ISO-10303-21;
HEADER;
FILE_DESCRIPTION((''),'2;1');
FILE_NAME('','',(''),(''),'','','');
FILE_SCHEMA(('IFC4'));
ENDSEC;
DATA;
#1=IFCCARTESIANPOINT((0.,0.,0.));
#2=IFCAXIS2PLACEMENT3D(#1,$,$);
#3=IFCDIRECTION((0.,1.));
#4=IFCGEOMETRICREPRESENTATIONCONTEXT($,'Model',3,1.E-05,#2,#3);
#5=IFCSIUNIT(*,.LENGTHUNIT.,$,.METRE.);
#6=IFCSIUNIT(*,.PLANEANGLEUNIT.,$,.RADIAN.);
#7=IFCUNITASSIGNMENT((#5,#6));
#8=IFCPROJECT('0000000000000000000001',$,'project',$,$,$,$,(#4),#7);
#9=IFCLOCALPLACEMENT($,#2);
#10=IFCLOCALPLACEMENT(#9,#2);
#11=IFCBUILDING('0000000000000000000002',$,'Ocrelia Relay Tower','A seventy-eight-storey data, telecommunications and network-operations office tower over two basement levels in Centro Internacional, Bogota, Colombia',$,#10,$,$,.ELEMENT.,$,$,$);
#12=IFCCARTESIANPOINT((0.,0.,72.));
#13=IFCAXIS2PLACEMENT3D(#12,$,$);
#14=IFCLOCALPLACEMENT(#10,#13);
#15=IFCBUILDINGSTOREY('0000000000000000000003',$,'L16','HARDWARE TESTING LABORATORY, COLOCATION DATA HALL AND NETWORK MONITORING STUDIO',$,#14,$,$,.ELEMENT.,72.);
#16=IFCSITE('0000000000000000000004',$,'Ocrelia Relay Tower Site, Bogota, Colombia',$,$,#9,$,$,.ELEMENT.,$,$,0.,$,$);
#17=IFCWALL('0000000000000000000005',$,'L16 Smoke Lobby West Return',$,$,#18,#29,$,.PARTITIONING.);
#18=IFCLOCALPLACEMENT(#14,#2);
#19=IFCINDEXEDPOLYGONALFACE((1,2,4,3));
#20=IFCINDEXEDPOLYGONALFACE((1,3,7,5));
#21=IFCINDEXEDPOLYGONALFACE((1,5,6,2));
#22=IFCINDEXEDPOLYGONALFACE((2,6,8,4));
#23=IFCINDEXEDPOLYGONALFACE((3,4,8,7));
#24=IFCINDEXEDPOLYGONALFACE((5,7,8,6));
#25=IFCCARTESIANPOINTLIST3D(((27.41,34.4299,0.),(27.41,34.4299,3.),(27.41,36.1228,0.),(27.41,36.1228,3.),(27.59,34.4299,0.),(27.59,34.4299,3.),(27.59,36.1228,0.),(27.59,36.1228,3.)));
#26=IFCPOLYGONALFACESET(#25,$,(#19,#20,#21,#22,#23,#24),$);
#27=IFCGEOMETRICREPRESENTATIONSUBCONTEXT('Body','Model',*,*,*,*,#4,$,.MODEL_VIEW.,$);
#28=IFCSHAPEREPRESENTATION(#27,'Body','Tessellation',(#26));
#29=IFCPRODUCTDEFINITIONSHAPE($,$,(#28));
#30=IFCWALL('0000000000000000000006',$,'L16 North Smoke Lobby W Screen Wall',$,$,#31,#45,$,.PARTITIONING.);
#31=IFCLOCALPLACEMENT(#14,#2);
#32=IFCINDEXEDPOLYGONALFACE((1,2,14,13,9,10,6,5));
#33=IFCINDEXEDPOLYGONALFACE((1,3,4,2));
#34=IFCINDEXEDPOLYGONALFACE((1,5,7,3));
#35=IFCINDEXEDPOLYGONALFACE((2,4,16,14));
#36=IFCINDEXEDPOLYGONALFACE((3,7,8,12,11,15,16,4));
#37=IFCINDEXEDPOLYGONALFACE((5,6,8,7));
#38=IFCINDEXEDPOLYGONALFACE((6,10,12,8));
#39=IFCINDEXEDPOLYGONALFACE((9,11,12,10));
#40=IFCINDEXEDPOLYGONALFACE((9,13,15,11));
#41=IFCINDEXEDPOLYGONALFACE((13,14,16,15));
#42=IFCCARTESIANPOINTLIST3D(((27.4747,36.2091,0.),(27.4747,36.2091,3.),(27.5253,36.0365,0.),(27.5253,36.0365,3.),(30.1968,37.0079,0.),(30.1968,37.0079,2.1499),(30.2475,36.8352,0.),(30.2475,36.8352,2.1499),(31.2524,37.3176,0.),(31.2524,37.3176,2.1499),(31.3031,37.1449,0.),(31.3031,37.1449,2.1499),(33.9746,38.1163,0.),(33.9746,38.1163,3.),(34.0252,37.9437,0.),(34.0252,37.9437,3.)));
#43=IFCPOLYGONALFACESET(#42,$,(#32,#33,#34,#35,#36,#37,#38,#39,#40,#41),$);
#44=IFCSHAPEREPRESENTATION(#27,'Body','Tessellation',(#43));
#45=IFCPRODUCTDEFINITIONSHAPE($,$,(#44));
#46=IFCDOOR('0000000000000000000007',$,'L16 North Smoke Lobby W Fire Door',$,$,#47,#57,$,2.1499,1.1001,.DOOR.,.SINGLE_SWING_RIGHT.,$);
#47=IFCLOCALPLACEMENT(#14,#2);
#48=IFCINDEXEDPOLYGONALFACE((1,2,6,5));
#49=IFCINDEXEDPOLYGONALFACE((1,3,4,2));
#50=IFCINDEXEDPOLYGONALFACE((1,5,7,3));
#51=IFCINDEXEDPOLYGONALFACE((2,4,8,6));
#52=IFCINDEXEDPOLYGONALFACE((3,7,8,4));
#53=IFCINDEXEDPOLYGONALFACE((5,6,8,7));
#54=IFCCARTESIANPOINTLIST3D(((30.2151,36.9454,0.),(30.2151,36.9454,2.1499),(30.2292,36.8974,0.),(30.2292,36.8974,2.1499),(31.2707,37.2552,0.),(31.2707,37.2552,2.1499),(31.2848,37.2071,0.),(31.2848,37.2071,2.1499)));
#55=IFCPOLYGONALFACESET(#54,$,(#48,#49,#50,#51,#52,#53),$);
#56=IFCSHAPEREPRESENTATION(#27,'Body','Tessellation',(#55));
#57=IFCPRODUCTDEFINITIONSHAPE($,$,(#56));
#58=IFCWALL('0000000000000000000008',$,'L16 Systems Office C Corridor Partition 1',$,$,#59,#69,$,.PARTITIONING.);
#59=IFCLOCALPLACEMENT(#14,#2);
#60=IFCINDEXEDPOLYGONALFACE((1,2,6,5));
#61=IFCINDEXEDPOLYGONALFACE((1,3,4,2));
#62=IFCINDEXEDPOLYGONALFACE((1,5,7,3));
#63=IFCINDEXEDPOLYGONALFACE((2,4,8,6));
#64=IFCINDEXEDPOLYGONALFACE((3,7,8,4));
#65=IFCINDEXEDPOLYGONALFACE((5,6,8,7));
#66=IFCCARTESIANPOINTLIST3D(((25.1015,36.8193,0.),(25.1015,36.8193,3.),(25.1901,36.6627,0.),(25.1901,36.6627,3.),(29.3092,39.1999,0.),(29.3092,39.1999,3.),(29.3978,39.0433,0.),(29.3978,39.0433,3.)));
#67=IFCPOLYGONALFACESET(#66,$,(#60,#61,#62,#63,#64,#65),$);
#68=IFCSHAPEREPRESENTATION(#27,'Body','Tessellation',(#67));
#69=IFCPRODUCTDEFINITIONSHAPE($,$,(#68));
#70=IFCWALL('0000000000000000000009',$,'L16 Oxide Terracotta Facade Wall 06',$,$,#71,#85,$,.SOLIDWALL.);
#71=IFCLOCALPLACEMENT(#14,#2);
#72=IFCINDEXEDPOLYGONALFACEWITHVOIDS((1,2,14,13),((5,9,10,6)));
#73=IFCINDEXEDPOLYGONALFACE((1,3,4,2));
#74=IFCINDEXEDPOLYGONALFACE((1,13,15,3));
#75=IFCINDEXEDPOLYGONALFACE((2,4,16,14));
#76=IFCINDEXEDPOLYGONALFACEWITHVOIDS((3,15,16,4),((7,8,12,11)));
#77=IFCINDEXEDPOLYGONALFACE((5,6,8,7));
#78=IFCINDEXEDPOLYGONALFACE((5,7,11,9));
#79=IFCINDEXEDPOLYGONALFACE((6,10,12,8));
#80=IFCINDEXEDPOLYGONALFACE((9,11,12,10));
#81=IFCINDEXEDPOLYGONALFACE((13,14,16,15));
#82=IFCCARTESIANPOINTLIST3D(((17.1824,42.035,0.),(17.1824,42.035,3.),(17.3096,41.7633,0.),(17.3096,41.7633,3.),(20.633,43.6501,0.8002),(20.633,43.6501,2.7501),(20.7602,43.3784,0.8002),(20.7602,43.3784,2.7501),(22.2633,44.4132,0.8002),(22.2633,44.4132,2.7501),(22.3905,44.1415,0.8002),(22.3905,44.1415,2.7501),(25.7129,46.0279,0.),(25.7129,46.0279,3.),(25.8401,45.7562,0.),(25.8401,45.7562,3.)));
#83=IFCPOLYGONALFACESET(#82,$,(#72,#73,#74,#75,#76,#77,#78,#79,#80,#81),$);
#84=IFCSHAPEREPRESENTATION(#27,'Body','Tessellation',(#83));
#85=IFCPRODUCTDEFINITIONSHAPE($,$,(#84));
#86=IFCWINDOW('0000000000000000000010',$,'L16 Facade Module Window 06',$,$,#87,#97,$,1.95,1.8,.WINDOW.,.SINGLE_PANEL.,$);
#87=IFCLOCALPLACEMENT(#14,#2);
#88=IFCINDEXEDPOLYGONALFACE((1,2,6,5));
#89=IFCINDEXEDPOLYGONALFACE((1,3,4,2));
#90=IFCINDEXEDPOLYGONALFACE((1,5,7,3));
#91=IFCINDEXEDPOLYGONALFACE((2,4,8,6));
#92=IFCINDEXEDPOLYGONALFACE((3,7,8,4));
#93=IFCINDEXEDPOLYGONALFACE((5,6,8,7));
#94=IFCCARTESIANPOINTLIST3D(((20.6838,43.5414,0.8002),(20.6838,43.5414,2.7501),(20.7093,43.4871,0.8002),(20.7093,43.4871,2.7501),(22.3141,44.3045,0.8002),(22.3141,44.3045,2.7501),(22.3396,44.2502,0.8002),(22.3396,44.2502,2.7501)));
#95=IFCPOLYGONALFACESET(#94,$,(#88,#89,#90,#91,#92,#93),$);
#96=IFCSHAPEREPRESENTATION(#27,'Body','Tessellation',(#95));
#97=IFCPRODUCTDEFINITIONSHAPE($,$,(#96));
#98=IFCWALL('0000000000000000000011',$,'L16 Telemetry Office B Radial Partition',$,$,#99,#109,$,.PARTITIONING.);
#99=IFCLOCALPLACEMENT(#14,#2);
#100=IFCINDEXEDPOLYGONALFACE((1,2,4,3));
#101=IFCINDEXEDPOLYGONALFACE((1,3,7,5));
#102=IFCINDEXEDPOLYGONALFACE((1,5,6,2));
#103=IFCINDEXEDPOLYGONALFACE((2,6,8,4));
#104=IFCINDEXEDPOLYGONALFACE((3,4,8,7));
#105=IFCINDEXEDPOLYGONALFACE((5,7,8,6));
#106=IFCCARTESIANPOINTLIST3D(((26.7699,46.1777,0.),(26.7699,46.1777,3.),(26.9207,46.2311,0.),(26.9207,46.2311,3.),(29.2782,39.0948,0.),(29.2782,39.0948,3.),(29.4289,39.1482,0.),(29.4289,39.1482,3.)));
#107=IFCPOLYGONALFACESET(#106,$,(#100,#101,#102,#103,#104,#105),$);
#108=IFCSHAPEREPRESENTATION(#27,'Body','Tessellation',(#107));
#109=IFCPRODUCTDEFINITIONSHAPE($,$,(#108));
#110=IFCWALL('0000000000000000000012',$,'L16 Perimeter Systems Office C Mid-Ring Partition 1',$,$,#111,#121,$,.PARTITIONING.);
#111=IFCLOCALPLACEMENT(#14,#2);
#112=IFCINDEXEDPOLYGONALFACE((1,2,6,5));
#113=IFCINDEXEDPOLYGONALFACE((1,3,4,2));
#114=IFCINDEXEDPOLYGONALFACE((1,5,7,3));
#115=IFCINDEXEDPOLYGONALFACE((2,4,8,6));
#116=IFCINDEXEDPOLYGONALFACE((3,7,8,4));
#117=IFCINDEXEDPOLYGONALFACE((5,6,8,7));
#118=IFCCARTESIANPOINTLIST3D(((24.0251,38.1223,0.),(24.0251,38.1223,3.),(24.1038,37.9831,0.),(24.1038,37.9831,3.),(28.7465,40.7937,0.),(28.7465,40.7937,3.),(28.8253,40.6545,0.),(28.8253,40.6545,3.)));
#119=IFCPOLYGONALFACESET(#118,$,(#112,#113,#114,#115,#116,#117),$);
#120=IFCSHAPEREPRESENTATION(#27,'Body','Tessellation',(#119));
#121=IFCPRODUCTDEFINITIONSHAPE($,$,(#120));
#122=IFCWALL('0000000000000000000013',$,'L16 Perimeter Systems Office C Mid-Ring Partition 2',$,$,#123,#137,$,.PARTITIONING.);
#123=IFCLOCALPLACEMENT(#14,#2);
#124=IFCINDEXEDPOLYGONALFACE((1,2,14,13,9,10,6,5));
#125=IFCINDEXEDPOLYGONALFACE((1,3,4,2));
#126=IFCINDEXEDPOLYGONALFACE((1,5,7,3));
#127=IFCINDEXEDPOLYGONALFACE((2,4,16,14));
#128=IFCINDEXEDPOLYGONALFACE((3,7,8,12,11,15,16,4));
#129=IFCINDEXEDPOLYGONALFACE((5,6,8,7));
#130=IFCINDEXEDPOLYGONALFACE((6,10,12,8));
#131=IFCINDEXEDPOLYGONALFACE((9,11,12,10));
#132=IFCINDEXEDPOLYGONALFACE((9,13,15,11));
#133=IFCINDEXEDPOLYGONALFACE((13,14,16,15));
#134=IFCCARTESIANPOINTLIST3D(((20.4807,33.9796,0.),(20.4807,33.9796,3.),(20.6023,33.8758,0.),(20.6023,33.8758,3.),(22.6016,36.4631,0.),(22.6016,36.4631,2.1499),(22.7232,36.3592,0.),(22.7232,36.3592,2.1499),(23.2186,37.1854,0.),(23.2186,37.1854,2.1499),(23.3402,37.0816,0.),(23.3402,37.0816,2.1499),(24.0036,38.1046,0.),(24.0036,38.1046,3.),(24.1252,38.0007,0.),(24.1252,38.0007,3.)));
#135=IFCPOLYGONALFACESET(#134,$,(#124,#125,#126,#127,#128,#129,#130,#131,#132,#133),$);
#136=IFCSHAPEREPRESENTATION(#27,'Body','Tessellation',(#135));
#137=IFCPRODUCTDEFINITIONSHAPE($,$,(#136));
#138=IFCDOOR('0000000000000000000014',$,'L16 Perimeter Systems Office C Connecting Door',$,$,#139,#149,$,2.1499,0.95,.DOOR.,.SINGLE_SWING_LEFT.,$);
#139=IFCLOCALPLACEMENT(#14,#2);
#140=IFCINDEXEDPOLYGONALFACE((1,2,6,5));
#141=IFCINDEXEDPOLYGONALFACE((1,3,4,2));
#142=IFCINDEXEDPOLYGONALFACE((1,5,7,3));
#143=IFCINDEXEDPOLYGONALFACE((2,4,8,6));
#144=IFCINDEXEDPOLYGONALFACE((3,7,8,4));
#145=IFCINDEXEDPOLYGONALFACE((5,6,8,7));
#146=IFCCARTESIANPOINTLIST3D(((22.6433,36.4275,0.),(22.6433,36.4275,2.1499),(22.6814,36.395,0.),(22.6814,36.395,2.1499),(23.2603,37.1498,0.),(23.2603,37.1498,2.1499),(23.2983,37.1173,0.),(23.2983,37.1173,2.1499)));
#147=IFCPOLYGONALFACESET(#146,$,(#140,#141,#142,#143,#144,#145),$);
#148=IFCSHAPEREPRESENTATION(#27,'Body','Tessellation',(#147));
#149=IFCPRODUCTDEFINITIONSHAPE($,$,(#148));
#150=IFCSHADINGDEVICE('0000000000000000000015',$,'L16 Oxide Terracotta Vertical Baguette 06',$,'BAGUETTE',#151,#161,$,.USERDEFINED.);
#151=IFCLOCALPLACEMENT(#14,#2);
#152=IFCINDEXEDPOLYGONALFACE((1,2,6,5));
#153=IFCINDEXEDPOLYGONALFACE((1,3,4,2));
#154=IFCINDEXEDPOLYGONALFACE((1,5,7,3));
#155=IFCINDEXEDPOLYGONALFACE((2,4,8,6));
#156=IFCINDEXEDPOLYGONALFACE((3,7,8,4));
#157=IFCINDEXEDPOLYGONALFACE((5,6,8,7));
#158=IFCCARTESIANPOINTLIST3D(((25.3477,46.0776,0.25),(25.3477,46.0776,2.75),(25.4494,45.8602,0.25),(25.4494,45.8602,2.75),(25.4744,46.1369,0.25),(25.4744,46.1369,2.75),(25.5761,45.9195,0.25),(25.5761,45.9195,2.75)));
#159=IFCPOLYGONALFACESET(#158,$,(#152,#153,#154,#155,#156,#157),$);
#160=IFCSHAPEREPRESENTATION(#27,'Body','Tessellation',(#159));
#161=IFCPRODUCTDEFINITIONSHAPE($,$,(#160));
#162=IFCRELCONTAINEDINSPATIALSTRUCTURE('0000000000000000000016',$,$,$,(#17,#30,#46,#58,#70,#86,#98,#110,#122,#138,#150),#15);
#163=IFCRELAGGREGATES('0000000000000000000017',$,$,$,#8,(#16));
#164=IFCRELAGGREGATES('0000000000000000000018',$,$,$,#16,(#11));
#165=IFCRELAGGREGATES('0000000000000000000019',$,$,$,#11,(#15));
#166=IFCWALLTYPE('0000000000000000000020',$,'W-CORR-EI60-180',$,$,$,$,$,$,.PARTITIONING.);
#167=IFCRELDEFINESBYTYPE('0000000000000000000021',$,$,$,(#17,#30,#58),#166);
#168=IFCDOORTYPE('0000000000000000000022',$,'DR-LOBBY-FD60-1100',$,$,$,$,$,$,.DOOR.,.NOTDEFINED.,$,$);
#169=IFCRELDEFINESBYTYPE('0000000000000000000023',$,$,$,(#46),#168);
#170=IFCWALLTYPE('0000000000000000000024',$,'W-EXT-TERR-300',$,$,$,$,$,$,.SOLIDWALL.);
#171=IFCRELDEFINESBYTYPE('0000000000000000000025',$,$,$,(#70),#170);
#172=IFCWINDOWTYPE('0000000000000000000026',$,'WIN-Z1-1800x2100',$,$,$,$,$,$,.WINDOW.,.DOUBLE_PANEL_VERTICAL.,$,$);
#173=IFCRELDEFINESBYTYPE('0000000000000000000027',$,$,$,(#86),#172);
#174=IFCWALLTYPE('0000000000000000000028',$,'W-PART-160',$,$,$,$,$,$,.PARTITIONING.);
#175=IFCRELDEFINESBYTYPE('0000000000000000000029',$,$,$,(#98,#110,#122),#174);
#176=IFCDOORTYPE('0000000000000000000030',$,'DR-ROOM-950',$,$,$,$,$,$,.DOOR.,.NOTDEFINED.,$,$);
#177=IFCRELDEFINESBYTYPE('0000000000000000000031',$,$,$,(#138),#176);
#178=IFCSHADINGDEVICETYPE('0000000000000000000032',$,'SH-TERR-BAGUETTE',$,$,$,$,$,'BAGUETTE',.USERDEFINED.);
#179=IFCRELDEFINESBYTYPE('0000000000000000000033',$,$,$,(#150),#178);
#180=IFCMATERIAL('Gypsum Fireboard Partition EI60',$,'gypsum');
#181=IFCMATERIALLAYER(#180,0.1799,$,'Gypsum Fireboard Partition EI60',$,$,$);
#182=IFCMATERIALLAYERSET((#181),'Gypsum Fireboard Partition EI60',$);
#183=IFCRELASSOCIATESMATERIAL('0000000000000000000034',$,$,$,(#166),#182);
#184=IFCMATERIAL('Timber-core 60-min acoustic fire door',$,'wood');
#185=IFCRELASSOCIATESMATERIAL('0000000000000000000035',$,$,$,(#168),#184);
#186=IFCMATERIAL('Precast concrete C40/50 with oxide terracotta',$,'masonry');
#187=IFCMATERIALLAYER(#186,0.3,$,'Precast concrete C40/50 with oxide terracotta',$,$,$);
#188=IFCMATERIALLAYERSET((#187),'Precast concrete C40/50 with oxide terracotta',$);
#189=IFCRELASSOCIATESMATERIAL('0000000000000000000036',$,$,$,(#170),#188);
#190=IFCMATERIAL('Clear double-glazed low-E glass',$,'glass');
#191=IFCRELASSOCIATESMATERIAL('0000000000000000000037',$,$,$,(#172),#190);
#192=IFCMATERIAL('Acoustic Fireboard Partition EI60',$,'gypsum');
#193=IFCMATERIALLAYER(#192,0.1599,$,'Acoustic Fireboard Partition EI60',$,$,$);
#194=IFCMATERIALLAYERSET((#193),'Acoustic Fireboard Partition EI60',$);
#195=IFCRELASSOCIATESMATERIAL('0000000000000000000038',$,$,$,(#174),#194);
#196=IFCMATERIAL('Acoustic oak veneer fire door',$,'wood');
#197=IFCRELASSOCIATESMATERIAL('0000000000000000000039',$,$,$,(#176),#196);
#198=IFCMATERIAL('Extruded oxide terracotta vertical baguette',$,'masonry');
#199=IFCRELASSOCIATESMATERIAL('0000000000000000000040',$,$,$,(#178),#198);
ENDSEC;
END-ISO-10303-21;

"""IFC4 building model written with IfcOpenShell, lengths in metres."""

from ifc_helpers import new_model, si_unit, direction, frame, frame_2d, origin, origin_2d, place, context, subcontext, project, spatial, rectangle, extrude, material, layer, layer_set, type_object, element, fill, save


model = new_model("IFC4")

# Units and contexts
model_context = context("Model", 3, precision=1e-05, world=origin(), true_north=direction((0.0, 1.0)))
body_context = subcontext(model_context, "Body", "Model", "MODEL_VIEW")
ifc_project = project(units=[si_unit("LENGTHUNIT", "METRE"), si_unit("PLANEANGLEUNIT", "RADIAN")], contexts=[model_context])

# Site, building, storey
site_placement = place(None, origin())
site = spatial("IfcSite", under=ifc_project, at=site_placement, Name="Ocrelia Relay Tower Site, Bogota, Colombia", CompositionType="ELEMENT", RefElevation=0.0)
building_placement = place(site_placement, origin())
building = spatial("IfcBuilding", under=site, at=building_placement, Name="Ocrelia Relay Tower", Description="A seventy-eight-storey data, telecommunications and network-operations office tower over two basement levels in Centro Internacional, Bogota, Colombia", CompositionType="ELEMENT")
storey_placement = place(building_placement, frame((0.0, 0.0, 72.0)))
storey = spatial("IfcBuildingStorey", under=building, at=storey_placement, Name="L16", Description="HARDWARE TESTING LABORATORY, COLOCATION DATA HALL AND NETWORK MONITORING STUDIO", CompositionType="ELEMENT", Elevation=72.0)

# Wall
ifc_material_1 = material(Name="Gypsum Fireboard Partition EI60", Category="gypsum")
ifc_layer_1 = layer(ifc_material_1, 0.1799, Name="Gypsum Fireboard Partition EI60")
ifc_layer_set_1 = layer_set([ifc_layer_1], Name="Gypsum Fireboard Partition EI60")
wall_type_1 = type_object("IfcWallType", Name="W-CORR-EI60-180", PredefinedType="PARTITIONING", material=ifc_layer_set_1)
wall_1_placement = place(storey_placement, frame((27.5, 34.4299, 0.0), z_axis=(0.0, 0.0, 1.0), x_axis=(0.0, 1.0, 0.0)))
element("IfcWall", 1, at=wall_1_placement, inside=storey, type_object=wall_type_1, Name="L16 Smoke Lobby West Return", PredefinedType="PARTITIONING", context=body_context, shape_type="SweptSolid", body=[
    extrude(rectangle(XDim=1.6929, YDim=0.1799, at=frame_2d((0.8464, 0.0))), origin(), (0.0, 0.0, 1.0), 3.0),
])

# Wall, opening, door
wall_2_placement = place(storey_placement, frame((27.5, 36.1228, 0.0), z_axis=(0.0, 0.0, 1.0), x_axis=(0.959547, 0.28155, 0.0)))
wall_2 = element("IfcWall", 2, at=wall_2_placement, inside=storey, type_object=wall_type_1, Name="L16 North Smoke Lobby W Screen Wall", PredefinedType="PARTITIONING", context=body_context, shape_type="SweptSolid", body=[
    extrude(rectangle(XDim=6.7739, YDim=0.1799, at=frame_2d((3.387, 0.0))), origin(), (0.0, 0.0, 1.0), 3.0),
])
opening_1_placement = place(wall_2_placement, frame((2.8369, 0.0, 0.0)))
opening_1 = element("IfcOpeningElement", 3, at=opening_1_placement, cuts=wall_2, PredefinedType="OPENING", context=body_context, shape_type="SweptSolid", body=[
    extrude(rectangle(XDim=1.1001, YDim=2.1499, at=frame_2d((0.55, 1.075))), frame((0.0, 0.1001, 0.0), z_axis=(0.0, -1.0, 0.0), x_axis=(1.0, 0.0, 0.0)), (0.0, 0.0, 1.0), 0.2),
])
ifc_material_2 = material(Name="Timber-core 60-min acoustic fire door", Category="wood")
door_type_1 = type_object("IfcDoorType", Name="DR-LOBBY-FD60-1100", OperationType="NOTDEFINED", PredefinedType="DOOR", material=ifc_material_2)
door_1_placement = place(opening_1_placement, origin())
door_1 = element("IfcDoor", 4, at=door_1_placement, inside=storey, type_object=door_type_1, Name="L16 North Smoke Lobby W Fire Door", OperationType="SINGLE_SWING_RIGHT", OverallHeight=2.1499, OverallWidth=1.1001, PredefinedType="DOOR", context=body_context, shape_type="SweptSolid", body=[
    extrude(rectangle(XDim=1.1001, YDim=2.1499, at=frame_2d((0.55, 1.075))), frame((0.0, 0.0249, 0.0), z_axis=(0.0, -1.0, 0.0), x_axis=(1.0, 0.0, 0.0)), (0.0, 0.0, 1.0), 0.05),
])
fill(opening_1, door_1)

# Wall
wall_3_placement = place(storey_placement, frame((29.3535, 39.1216, 0.0), z_axis=(0.0, 0.0, 1.0), x_axis=(-0.870358, -0.49242, 0.0)))
element("IfcWall", 5, at=wall_3_placement, inside=storey, type_object=wall_type_1, Name="L16 Systems Office C Corridor Partition 1", PredefinedType="PARTITIONING", context=body_context, shape_type="SweptSolid", body=[
    extrude(rectangle(XDim=4.8345, YDim=0.1799, at=frame_2d((2.4172, 0.0))), origin(), (0.0, 0.0, 1.0), 3.0),
])

# Shared definitions
ifc_material_3 = material(Name="Acoustic oak veneer fire door", Category="wood")

# Wall, opening, window
ifc_material_4 = material(Name="Precast concrete C40/50 with oxide terracotta", Category="masonry")
ifc_layer_2 = layer(ifc_material_4, 0.3, Name="Precast concrete C40/50 with oxide terracotta")
ifc_layer_set_2 = layer_set([ifc_layer_2], Name="Precast concrete C40/50 with oxide terracotta")
wall_type_2 = type_object("IfcWallType", Name="W-EXT-TERR-300", PredefinedType="SOLIDWALL", material=ifc_layer_set_2)
wall_4_placement = place(storey_placement, frame((25.7766, 45.8921, 0.0), z_axis=(0.0, 0.0, 1.0), x_axis=(-0.905694, -0.423932, 0.0)))
wall_4 = element("IfcWall", 6, at=wall_4_placement, inside=storey, type_object=wall_type_2, Name="L16 Oxide Terracotta Facade Wall 06", PredefinedType="SOLIDWALL", context=body_context, shape_type="SweptSolid", body=[
    extrude(rectangle(XDim=9.4187, YDim=0.3, at=frame_2d((4.7095, 0.0))), origin(), (0.0, 0.0, 1.0), 3.0),
])
opening_2_placement = place(wall_4_placement, frame((3.8091, 0.0, 0.8)))
opening_2 = element("IfcOpeningElement", 7, at=opening_2_placement, cuts=wall_4, PredefinedType="OPENING", context=body_context, shape_type="SweptSolid", body=[
    extrude(rectangle(XDim=1.8, YDim=1.95, at=frame_2d((0.8999, 0.9751))), frame((0.0, 0.1602, 0.0), z_axis=(0.0, -1.0, 0.0), x_axis=(1.0, 0.0, 0.0)), (0.0, 0.0, 1.0), 0.3201),
])
ifc_material_5 = material(Name="Clear double-glazed low-E glass", Category="glass")
window_type = type_object("IfcWindowType", Name="WIN-Z1-1800x2100", PartitioningType="DOUBLE_PANEL_VERTICAL", PredefinedType="WINDOW", material=ifc_material_5)
window_placement = place(opening_2_placement, origin())
window = element("IfcWindow", 8, at=window_placement, inside=storey, type_object=window_type, Name="L16 Facade Module Window 06", OverallHeight=1.95, OverallWidth=1.8, PartitioningType="SINGLE_PANEL", PredefinedType="WINDOW", context=body_context, shape_type="SweptSolid", body=[
    extrude(rectangle(XDim=1.8, YDim=1.95, at=frame_2d((0.8999, 0.9751))), frame((0.0, 0.03, 0.0), z_axis=(0.0, -1.0, 0.0), x_axis=(1.0, 0.0, 0.0)), (0.0, 0.0, 1.0), 0.0601),
])
fill(opening_2, window)

# Walls
ifc_material_6 = material(Name="Acoustic Fireboard Partition EI60", Category="gypsum")
ifc_layer_3 = layer(ifc_material_6, 0.1599, Name="Acoustic Fireboard Partition EI60")
ifc_layer_set_3 = layer_set([ifc_layer_3], Name="Acoustic Fireboard Partition EI60")
wall_type_3 = type_object("IfcWallType", Name="W-PART-160", PredefinedType="PARTITIONING", material=ifc_layer_set_3)
wall_5_placement = place(storey_placement, frame((29.3535, 39.1216, 0.0), z_axis=(0.0, 0.0, 1.0), x_axis=(-0.333816, 0.942638, 0.0)))
element("IfcWall", 9, at=wall_5_placement, inside=storey, type_object=wall_type_3, Name="L16 Telemetry Office B Radial Partition", PredefinedType="PARTITIONING", context=body_context, shape_type="SweptSolid", body=[
    extrude(rectangle(XDim=7.5139, YDim=0.1599, at=frame_2d((3.7568, 0.0))), origin(), (0.0, 0.0, 1.0), 3.0),
])
wall_6_placement = place(storey_placement, frame((28.7859, 40.7241, 0.0), z_axis=(0.0, 0.0, 1.0), x_axis=(-0.870346, -0.492441, 0.0)))
element("IfcWall", 10, at=wall_6_placement, inside=storey, type_object=wall_type_3, Name="L16 Perimeter Systems Office C Mid-Ring Partition 1", PredefinedType="PARTITIONING", context=body_context, shape_type="SweptSolid", body=[
    extrude(rectangle(XDim=5.4248, YDim=0.1599, at=frame_2d((2.7124, 0.0))), origin(), (0.0, 0.0, 1.0), 3.0),
])

# Wall, opening, door
wall_7_placement = place(storey_placement, frame((24.0645, 38.0527, 0.0), z_axis=(0.0, 0.0, 1.0), x_axis=(-0.649434, -0.760418, 0.0)))
wall_7 = element("IfcWall", 11, at=wall_7_placement, inside=storey, type_object=wall_type_3, Name="L16 Perimeter Systems Office C Mid-Ring Partition 2", PredefinedType="PARTITIONING", context=body_context, shape_type="SweptSolid", body=[
    extrude(rectangle(XDim=5.4246, YDim=0.1599, at=frame_2d((2.7124, 0.0))), origin(), (0.0, 0.0, 1.0), 3.0),
])
opening_3_placement = place(wall_7_placement, frame((1.2087, 0.0, 0.0)))
opening_3 = element("IfcOpeningElement", 12, at=opening_3_placement, cuts=wall_7, PredefinedType="OPENING", context=body_context, shape_type="SweptSolid", body=[
    extrude(rectangle(XDim=0.95, YDim=2.1499, at=frame_2d((0.4751, 1.075))), frame((0.0, 0.0898, 0.0), z_axis=(0.0, -1.0, 0.0), x_axis=(1.0, 0.0, 0.0)), (0.0, 0.0, 1.0), 0.1799),
])
door_type_2 = type_object("IfcDoorType", Name="DR-ROOM-950", OperationType="NOTDEFINED", PredefinedType="DOOR", material=ifc_material_3)
door_2_placement = place(opening_3_placement, origin())
door_2 = element("IfcDoor", 13, at=door_2_placement, inside=storey, type_object=door_type_2, Name="L16 Perimeter Systems Office C Connecting Door", OperationType="SINGLE_SWING_LEFT", OverallHeight=2.1499, OverallWidth=0.95, PredefinedType="DOOR", context=body_context, shape_type="SweptSolid", body=[
    extrude(rectangle(XDim=0.95, YDim=2.1499, at=frame_2d((0.4751, 1.075))), frame((0.0, 0.0249, 0.0), z_axis=(0.0, -1.0, 0.0), x_axis=(1.0, 0.0, 0.0)), (0.0, 0.0, 1.0), 0.05),
])
fill(opening_3, door_2)

# Shading device
ifc_material_7 = material(Name="Extruded oxide terracotta vertical baguette", Category="masonry")
shading_device_type = type_object("IfcShadingDeviceType", Name="SH-TERR-BAGUETTE", ElementType="BAGUETTE", PredefinedType="USERDEFINED", material=ifc_material_7)
shading_device_placement = place(storey_placement, frame((25.4619, 45.9985, 0.25), z_axis=(0.0, 0.0, 1.0), x_axis=(-0.9057, -0.423919, 0.0)))
element("IfcShadingDevice", 14, at=shading_device_placement, inside=storey, type_object=shading_device_type, Name="L16 Oxide Terracotta Vertical Baguette 06", ObjectType="BAGUETTE", PredefinedType="USERDEFINED", context=body_context, shape_type="SweptSolid", body=[
    extrude(rectangle(XDim=0.1399, YDim=0.24, at=origin_2d()), origin(), (0.0, 0.0, 1.0), 2.5),
])

save(model, "model.ifc")
